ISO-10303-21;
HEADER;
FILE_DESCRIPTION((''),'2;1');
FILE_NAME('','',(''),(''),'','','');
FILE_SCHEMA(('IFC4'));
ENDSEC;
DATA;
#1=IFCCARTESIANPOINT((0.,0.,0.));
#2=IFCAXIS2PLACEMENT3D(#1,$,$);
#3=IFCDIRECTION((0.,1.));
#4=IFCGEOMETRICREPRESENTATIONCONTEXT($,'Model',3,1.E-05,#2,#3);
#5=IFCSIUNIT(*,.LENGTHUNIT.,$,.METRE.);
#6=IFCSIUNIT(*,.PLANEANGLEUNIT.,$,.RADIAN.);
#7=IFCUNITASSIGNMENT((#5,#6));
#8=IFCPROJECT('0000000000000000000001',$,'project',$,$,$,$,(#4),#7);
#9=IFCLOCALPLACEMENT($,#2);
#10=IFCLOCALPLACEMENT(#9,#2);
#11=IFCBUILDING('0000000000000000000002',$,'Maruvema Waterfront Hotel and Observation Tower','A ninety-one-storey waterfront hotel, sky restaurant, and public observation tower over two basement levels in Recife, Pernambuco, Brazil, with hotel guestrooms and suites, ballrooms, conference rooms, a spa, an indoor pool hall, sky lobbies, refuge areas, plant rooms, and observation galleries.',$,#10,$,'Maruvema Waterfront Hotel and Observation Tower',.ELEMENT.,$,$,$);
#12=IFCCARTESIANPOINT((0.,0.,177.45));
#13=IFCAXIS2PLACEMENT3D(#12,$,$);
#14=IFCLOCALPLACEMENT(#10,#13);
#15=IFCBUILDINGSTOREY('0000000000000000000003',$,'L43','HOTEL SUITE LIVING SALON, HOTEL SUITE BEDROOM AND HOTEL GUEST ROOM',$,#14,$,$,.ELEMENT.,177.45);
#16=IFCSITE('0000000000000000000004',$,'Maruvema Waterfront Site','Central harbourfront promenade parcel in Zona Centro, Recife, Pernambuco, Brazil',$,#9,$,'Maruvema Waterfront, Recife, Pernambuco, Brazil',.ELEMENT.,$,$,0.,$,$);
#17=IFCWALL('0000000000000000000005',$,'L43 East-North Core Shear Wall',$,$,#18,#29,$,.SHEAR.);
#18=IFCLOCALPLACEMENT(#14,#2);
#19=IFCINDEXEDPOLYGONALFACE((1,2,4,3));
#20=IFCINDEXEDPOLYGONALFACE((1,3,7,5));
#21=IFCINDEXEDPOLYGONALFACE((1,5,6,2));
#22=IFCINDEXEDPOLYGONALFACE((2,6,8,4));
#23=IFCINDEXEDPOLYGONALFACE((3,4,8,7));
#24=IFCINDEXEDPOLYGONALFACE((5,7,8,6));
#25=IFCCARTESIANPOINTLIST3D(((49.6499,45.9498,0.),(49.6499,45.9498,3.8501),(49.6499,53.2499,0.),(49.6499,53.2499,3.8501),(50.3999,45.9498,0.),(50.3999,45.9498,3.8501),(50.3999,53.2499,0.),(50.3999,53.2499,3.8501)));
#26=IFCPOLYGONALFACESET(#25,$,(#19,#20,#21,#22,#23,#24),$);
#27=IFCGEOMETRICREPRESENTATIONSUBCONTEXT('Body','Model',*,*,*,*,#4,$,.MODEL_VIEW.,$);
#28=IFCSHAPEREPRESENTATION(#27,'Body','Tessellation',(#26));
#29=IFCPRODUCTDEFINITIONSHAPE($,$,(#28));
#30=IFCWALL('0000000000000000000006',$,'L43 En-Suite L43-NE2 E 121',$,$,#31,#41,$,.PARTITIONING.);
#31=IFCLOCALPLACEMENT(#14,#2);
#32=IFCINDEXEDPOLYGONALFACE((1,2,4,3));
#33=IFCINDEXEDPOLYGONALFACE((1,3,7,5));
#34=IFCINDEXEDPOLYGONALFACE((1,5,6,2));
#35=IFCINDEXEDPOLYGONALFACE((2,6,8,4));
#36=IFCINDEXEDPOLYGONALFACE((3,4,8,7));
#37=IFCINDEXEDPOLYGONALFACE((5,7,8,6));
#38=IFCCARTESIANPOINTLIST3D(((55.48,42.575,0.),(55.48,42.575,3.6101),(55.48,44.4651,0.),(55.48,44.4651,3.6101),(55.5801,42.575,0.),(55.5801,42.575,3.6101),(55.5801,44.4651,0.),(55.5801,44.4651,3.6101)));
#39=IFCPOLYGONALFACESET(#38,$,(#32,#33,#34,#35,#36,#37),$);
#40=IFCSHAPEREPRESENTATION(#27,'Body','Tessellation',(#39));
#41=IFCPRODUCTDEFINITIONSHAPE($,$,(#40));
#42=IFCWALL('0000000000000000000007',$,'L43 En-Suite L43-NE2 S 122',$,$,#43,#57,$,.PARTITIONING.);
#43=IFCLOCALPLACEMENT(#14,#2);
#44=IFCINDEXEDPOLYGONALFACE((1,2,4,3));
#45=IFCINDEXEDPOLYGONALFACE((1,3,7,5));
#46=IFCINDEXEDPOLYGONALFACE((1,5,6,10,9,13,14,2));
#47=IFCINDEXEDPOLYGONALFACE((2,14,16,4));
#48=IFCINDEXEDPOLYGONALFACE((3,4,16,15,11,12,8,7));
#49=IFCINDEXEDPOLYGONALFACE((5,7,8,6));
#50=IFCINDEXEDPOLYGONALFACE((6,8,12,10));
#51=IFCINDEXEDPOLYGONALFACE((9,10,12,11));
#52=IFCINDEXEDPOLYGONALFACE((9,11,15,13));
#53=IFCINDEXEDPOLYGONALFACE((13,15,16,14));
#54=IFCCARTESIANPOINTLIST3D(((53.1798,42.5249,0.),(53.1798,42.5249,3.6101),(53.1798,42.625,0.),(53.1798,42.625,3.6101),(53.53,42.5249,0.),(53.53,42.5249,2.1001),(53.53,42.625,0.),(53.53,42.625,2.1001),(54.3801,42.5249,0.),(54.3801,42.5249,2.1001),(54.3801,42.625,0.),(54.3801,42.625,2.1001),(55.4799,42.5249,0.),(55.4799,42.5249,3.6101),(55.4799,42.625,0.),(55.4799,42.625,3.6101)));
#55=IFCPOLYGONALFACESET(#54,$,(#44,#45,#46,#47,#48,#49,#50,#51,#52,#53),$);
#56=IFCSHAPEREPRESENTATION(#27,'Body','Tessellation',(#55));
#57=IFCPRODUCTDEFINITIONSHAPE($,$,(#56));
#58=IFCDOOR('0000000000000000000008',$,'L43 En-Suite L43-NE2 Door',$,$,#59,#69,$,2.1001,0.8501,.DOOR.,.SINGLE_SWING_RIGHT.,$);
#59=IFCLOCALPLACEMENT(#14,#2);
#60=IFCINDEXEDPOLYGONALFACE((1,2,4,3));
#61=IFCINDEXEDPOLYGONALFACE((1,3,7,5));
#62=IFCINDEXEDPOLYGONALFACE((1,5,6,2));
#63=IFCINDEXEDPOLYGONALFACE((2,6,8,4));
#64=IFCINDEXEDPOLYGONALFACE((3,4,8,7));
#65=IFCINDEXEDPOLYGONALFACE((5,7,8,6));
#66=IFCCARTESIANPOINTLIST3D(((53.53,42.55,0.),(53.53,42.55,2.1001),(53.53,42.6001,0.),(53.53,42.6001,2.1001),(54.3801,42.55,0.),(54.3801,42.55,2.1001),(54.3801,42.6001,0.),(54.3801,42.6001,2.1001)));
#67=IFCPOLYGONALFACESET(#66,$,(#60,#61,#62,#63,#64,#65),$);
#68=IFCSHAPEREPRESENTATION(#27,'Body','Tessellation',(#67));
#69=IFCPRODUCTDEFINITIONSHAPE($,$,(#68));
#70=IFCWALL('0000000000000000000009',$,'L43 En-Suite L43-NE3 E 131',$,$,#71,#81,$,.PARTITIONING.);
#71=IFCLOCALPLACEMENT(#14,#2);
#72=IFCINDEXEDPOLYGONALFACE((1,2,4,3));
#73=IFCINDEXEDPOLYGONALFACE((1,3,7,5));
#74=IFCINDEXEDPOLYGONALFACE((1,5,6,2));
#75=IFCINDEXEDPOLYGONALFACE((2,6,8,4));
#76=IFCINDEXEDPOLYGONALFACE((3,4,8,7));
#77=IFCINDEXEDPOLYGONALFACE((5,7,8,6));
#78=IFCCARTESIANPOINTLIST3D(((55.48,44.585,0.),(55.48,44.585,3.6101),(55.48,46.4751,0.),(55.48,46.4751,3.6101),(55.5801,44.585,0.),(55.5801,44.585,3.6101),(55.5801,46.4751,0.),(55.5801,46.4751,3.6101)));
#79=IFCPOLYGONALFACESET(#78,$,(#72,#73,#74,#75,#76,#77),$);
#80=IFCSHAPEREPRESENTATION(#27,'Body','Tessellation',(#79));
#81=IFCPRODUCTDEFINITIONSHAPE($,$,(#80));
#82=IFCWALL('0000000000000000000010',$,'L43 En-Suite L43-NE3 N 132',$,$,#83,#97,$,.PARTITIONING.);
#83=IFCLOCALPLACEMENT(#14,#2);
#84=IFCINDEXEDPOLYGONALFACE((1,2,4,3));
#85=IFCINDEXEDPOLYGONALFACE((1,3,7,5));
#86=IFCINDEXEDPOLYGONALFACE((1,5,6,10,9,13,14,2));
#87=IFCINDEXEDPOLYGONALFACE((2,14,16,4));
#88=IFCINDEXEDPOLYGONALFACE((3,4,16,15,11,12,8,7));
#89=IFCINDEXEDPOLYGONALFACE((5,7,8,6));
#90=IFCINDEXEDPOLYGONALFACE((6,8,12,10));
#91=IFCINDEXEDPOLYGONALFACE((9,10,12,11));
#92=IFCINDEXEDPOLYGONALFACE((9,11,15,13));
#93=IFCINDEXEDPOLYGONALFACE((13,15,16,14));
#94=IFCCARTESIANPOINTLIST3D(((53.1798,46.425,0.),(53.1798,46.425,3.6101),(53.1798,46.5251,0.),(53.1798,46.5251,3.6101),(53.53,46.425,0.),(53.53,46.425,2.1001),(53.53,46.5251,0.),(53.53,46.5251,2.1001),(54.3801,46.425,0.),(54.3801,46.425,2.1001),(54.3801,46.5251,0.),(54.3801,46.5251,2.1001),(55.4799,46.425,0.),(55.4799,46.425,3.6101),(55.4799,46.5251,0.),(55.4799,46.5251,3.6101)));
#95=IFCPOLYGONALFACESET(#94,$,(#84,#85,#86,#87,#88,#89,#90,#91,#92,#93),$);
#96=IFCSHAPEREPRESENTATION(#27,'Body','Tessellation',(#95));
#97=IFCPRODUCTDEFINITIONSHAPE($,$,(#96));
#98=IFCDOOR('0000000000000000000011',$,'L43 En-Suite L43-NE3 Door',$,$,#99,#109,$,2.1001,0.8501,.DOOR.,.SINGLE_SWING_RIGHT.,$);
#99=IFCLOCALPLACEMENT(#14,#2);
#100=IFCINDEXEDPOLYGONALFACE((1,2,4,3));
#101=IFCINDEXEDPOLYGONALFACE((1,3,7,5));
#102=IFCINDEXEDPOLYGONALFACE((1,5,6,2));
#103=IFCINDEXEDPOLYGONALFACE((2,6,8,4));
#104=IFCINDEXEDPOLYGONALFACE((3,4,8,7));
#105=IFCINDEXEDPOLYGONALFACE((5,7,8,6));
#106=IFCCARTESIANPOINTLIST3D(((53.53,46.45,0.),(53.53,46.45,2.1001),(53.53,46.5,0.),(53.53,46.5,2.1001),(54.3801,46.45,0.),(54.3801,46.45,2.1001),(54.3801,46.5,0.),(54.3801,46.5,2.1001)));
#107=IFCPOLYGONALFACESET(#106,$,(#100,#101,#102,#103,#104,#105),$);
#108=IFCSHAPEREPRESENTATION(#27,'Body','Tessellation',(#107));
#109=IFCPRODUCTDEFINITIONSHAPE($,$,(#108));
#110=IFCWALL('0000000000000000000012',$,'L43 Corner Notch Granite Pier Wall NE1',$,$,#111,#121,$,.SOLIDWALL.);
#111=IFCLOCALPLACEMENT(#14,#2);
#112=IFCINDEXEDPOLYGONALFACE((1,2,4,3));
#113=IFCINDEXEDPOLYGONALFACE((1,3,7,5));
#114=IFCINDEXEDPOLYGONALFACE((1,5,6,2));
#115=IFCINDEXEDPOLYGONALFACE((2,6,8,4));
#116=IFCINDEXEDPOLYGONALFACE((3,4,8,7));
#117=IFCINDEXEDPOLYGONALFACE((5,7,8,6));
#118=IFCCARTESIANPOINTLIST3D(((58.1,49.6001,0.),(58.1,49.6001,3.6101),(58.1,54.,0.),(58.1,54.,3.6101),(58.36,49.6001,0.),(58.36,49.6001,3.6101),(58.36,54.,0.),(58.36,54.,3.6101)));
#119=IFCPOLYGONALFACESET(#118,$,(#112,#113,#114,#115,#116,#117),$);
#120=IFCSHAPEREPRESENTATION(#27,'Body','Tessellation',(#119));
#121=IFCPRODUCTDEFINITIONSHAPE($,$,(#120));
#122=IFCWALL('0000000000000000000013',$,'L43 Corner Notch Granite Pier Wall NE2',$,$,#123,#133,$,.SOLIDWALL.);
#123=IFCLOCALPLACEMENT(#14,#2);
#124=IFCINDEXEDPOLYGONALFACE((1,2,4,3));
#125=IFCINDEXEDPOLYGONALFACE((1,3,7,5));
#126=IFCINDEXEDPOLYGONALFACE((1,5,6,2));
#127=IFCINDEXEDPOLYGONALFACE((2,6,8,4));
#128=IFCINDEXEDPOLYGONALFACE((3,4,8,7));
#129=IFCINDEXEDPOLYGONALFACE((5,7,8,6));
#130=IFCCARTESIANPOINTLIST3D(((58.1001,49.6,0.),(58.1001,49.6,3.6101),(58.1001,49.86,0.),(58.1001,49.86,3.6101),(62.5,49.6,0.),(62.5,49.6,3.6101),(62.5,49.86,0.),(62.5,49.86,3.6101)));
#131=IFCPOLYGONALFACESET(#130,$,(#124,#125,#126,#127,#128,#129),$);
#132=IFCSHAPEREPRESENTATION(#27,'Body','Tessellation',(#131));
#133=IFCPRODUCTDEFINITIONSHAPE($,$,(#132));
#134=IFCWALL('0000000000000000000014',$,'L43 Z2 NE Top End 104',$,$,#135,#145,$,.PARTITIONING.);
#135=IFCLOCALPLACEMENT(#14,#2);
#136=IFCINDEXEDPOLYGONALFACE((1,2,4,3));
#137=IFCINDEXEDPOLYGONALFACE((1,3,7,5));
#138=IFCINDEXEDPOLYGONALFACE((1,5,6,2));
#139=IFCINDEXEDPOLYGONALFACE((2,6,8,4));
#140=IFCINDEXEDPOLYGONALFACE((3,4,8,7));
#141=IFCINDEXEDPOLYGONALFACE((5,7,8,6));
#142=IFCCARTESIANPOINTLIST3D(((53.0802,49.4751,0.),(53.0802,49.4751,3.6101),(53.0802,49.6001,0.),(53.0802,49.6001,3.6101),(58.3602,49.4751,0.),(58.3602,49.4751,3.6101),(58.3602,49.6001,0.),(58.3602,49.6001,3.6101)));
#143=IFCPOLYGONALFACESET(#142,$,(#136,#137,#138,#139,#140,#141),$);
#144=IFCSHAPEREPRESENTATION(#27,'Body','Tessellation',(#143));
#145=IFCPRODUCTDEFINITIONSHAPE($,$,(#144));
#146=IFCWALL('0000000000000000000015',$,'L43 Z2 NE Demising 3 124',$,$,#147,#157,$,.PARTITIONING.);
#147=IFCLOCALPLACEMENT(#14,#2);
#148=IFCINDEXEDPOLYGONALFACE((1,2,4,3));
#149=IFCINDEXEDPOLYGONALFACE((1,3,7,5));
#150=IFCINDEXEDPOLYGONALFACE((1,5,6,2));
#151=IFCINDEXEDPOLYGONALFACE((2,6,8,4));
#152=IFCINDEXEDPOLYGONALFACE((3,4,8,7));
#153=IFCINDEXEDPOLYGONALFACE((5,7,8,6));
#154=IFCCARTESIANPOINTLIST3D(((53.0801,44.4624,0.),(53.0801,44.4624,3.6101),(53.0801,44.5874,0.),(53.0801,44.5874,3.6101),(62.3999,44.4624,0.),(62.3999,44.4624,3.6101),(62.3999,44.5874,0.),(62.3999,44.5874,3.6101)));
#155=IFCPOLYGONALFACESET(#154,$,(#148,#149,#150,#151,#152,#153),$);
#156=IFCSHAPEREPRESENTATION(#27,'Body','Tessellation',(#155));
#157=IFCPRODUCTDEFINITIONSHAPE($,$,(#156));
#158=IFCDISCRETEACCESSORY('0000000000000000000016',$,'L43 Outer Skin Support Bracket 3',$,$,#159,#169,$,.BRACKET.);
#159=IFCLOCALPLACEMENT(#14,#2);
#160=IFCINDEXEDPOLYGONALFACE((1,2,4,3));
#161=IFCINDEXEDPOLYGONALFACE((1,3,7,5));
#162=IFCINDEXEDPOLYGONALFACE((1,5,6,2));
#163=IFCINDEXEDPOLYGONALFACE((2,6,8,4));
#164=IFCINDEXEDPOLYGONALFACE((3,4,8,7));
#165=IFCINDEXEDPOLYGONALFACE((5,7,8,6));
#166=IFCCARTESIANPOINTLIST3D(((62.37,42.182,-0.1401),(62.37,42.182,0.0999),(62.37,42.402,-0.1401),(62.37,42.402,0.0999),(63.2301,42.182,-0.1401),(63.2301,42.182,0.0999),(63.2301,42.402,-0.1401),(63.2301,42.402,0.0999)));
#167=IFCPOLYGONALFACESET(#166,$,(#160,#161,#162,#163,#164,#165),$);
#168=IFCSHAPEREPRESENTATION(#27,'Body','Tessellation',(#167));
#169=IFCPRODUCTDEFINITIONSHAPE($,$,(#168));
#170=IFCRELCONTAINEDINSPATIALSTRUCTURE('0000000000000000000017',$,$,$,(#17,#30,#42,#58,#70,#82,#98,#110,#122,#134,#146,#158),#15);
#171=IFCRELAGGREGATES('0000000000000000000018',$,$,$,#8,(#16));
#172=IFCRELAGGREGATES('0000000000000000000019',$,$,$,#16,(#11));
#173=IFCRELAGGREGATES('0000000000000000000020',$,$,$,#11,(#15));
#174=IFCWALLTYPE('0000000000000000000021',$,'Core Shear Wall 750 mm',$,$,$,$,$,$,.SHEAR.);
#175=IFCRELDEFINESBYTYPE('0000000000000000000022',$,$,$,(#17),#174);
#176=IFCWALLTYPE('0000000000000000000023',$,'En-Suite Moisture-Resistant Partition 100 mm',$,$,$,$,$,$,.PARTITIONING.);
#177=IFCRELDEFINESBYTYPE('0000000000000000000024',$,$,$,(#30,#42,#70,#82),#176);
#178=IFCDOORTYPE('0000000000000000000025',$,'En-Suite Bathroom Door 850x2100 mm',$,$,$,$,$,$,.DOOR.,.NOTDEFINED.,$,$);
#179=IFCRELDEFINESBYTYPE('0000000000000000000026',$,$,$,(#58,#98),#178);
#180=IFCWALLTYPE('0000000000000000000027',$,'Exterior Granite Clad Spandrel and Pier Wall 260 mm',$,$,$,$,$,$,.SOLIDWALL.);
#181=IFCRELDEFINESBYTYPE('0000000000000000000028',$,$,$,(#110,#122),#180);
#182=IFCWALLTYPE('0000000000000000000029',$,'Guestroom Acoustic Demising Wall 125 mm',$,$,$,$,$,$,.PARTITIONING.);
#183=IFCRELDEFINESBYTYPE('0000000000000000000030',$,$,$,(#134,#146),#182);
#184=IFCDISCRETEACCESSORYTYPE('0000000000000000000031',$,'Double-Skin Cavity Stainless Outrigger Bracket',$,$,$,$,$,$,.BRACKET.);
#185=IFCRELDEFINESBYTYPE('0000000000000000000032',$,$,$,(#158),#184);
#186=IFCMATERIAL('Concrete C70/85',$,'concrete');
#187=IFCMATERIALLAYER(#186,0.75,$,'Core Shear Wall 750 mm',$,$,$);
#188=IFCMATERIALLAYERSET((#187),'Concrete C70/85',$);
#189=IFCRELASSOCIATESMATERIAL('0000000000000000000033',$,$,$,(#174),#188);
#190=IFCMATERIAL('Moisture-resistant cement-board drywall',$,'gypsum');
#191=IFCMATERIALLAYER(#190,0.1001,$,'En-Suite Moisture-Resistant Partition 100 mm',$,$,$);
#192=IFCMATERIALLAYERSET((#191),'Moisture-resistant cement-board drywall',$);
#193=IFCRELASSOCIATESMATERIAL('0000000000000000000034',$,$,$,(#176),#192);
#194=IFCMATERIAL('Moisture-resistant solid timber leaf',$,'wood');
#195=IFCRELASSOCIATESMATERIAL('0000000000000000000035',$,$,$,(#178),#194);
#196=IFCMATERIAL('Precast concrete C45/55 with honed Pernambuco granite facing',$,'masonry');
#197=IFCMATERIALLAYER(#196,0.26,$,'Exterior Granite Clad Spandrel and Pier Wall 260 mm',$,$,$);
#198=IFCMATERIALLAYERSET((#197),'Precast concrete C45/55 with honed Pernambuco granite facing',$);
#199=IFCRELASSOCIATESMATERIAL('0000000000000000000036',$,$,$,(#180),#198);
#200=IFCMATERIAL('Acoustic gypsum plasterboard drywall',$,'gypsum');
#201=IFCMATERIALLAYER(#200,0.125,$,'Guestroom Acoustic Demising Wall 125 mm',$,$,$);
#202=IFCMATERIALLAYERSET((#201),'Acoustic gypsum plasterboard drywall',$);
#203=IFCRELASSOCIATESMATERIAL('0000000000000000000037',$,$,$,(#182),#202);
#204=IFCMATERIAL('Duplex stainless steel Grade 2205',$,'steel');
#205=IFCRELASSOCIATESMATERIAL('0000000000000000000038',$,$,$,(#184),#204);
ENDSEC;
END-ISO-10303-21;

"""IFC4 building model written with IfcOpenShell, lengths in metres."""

from ifc_helpers import new_model, si_unit, direction, frame, frame_2d, origin, origin_2d, place, context, subcontext, project, spatial, rectangle, extrude, material, layer, layer_set, type_object, element, fill, save


model = new_model("IFC4")

# Units and contexts
model_context = context("Model", 3, precision=1e-05, world=origin(), true_north=direction((0.0, 1.0)))
body_context = subcontext(model_context, "Body", "Model", "MODEL_VIEW")
ifc_project = project(units=[si_unit("LENGTHUNIT", "METRE"), si_unit("PLANEANGLEUNIT", "RADIAN")], contexts=[model_context])

# Site, building, storey
site_placement = place(None, origin())
site = spatial("IfcSite", under=ifc_project, at=site_placement, Name="Maruvema Waterfront Site", Description="Central harbourfront promenade parcel in Zona Centro, Recife, Pernambuco, Brazil", LongName="Maruvema Waterfront, Recife, Pernambuco, Brazil", CompositionType="ELEMENT", RefElevation=0.0)
building_placement = place(site_placement, origin())
building = spatial("IfcBuilding", under=site, at=building_placement, Name="Maruvema Waterfront Hotel and Observation Tower", Description="A ninety-one-storey waterfront hotel, sky restaurant, and public observation tower over two basement levels in Recife, Pernambuco, Brazil, with hotel guestrooms and suites, ballrooms, conference rooms, a spa, an indoor pool hall, sky lobbies, refuge areas, plant rooms, and observation galleries.", LongName="Maruvema Waterfront Hotel and Observation Tower", CompositionType="ELEMENT")
storey_placement = place(building_placement, frame((0.0, 0.0, 177.45)))
storey = spatial("IfcBuildingStorey", under=building, at=storey_placement, Name="L43", Description="HOTEL SUITE LIVING SALON, HOTEL SUITE BEDROOM AND HOTEL GUEST ROOM", CompositionType="ELEMENT", Elevation=177.45)

# Walls
ifc_material_1 = material(Name="Concrete C70/85", Category="concrete")
ifc_layer_1 = layer(ifc_material_1, 0.75, Name="Core Shear Wall 750 mm")
ifc_layer_set_1 = layer_set([ifc_layer_1], Name="Concrete C70/85")
wall_type_1 = type_object("IfcWallType", Name="Core Shear Wall 750 mm", PredefinedType="SHEAR", material=ifc_layer_set_1)
wall_1_placement = place(storey_placement, frame((50.0249, 45.95, 0.0), z_axis=(0.0, 0.0, 1.0), x_axis=(0.0, 1.0, 0.0)))
element("IfcWall", 1, at=wall_1_placement, inside=storey, type_object=wall_type_1, Name="L43 East-North Core Shear Wall", PredefinedType="SHEAR", context=body_context, shape_type="SweptSolid", body=[
    extrude(rectangle(XDim=7.3, YDim=0.75, at=frame_2d((3.6499, 0.0))), origin(), (0.0, 0.0, 1.0), 3.8501),
])
ifc_material_2 = material(Name="Moisture-resistant cement-board drywall", Category="gypsum")
ifc_layer_2 = layer(ifc_material_2, 0.1001, Name="En-Suite Moisture-Resistant Partition 100 mm")
ifc_layer_set_2 = layer_set([ifc_layer_2], Name="Moisture-resistant cement-board drywall")
wall_type_2 = type_object("IfcWallType", Name="En-Suite Moisture-Resistant Partition 100 mm", PredefinedType="PARTITIONING", material=ifc_layer_set_2)
wall_2_placement = place(storey_placement, frame((55.53, 42.575, 0.0), z_axis=(0.0, 0.0, 1.0), x_axis=(0.0, 1.0, 0.0)))
element("IfcWall", 2, at=wall_2_placement, inside=storey, type_object=wall_type_2, Name="L43 En-Suite L43-NE2 E 121", PredefinedType="PARTITIONING", context=body_context, shape_type="SweptSolid", body=[
    extrude(rectangle(XDim=1.8901, YDim=0.1001, at=frame_2d((0.9451, 0.0))), origin(), (0.0, 0.0, 1.0), 3.6101),
])

# Wall, opening, door
wall_3_placement = place(storey_placement, frame((53.1799, 42.575, 0.0), z_axis=(0.0, 0.0, 1.0), x_axis=(1.0, 0.0, 0.0)))
wall_3 = element("IfcWall", 3, at=wall_3_placement, inside=storey, type_object=wall_type_2, Name="L43 En-Suite L43-NE2 S 122", PredefinedType="PARTITIONING", context=body_context, shape_type="SweptSolid", body=[
    extrude(rectangle(XDim=2.3, YDim=0.1001, at=frame_2d((1.1499, 0.0))), origin(), (0.0, 0.0, 1.0), 3.6101),
])
opening_1_placement = place(wall_3_placement, frame((0.3501, 0.0, 0.0)))
opening_1 = element("IfcOpeningElement", 4, at=opening_1_placement, cuts=wall_3, PredefinedType="OPENING", context=body_context, shape_type="SweptSolid", body=[
    extrude(rectangle(XDim=0.8501, YDim=2.1001, at=frame_2d((0.425, 1.05))), frame((0.0, 0.0601, 0.0), z_axis=(0.0, -1.0, 0.0), x_axis=(1.0, 0.0, 0.0)), (0.0, 0.0, 1.0), 0.1201),
])
ifc_material_3 = material(Name="Moisture-resistant solid timber leaf", Category="wood")
door_type_1 = type_object("IfcDoorType", Name="En-Suite Bathroom Door 850x2100 mm", OperationType="NOTDEFINED", PredefinedType="DOOR", material=ifc_material_3)
door_1_placement = place(opening_1_placement, frame((0.8501, 0.0, 0.0), z_axis=(0.0, 0.0, 1.0), x_axis=(-1.0, 0.0, 0.0)))
door_1 = element("IfcDoor", 5, at=door_1_placement, inside=storey, type_object=door_type_1, Name="L43 En-Suite L43-NE2 Door", OperationType="SINGLE_SWING_RIGHT", OverallHeight=2.1001, OverallWidth=0.8501, PredefinedType="DOOR", context=body_context, shape_type="SweptSolid", body=[
    extrude(rectangle(XDim=0.8501, YDim=2.1001, at=frame_2d((0.425, 1.05))), frame((0.0, 0.0249, 0.0), z_axis=(0.0, -1.0, 0.0), x_axis=(1.0, 0.0, 0.0)), (0.0, 0.0, 1.0), 0.05),
])
fill(opening_1, door_1)

# Wall
wall_4_placement = place(storey_placement, frame((55.53, 44.585, 0.0), z_axis=(0.0, 0.0, 1.0), x_axis=(0.0, 1.0, 0.0)))
element("IfcWall", 6, at=wall_4_placement, inside=storey, type_object=wall_type_2, Name="L43 En-Suite L43-NE3 E 131", PredefinedType="PARTITIONING", context=body_context, shape_type="SweptSolid", body=[
    extrude(rectangle(XDim=1.8901, YDim=0.1001, at=frame_2d((0.9451, 0.0))), origin(), (0.0, 0.0, 1.0), 3.6101),
])

# Wall, opening, door
wall_5_placement = place(storey_placement, frame((53.1799, 46.4751, 0.0), z_axis=(0.0, 0.0, 1.0), x_axis=(1.0, 0.0, 0.0)))
wall_5 = element("IfcWall", 7, at=wall_5_placement, inside=storey, type_object=wall_type_2, Name="L43 En-Suite L43-NE3 N 132", PredefinedType="PARTITIONING", context=body_context, shape_type="SweptSolid", body=[
    extrude(rectangle(XDim=2.3, YDim=0.1001, at=frame_2d((1.1499, 0.0))), origin(), (0.0, 0.0, 1.0), 3.6101),
])
opening_2_placement = place(wall_5_placement, frame((0.3501, 0.0, 0.0)))
opening_2 = element("IfcOpeningElement", 8, at=opening_2_placement, cuts=wall_5, PredefinedType="OPENING", context=body_context, shape_type="SweptSolid", body=[
    extrude(rectangle(XDim=0.8501, YDim=2.1001, at=frame_2d((0.425, 1.05))), frame((0.0, 0.0601, 0.0), z_axis=(0.0, -1.0, 0.0), x_axis=(1.0, 0.0, 0.0)), (0.0, 0.0, 1.0), 0.1201),
])
door_2_placement = place(opening_2_placement, origin())
door_2 = element("IfcDoor", 9, at=door_2_placement, inside=storey, type_object=door_type_1, Name="L43 En-Suite L43-NE3 Door", OperationType="SINGLE_SWING_RIGHT", OverallHeight=2.1001, OverallWidth=0.8501, PredefinedType="DOOR", context=body_context, shape_type="SweptSolid", body=[
    extrude(rectangle(XDim=0.8501, YDim=2.1001, at=frame_2d((0.425, 1.05))), frame((0.0, 0.0249, 0.0), z_axis=(0.0, -1.0, 0.0), x_axis=(1.0, 0.0, 0.0)), (0.0, 0.0, 1.0), 0.05),
])
fill(opening_2, door_2)

# Walls
ifc_material_4 = material(Name="Precast concrete C45/55 with honed Pernambuco granite facing", Category="masonry")
ifc_layer_3 = layer(ifc_material_4, 0.26, Name="Exterior Granite Clad Spandrel and Pier Wall 260 mm")
ifc_layer_set_3 = layer_set([ifc_layer_3], Name="Precast concrete C45/55 with honed Pernambuco granite facing")
wall_type_3 = type_object("IfcWallType", Name="Exterior Granite Clad Spandrel and Pier Wall 260 mm", PredefinedType="SOLIDWALL", material=ifc_layer_set_3)
for number, where, z_axis, x_axis, name in (
    (10, (58.23, 54.0, 0.0), (0.0, 0.0, 1.0), (0.0, -1.0, 0.0), "L43 Corner Notch Granite Pier Wall NE1"),
    (11, (58.1001, 49.73, 0.0), (0.0, 0.0, 1.0), (1.0, 0.0, 0.0), "L43 Corner Notch Granite Pier Wall NE2"),
):
    element("IfcWall", number, at=place(storey_placement, frame(where, z_axis=z_axis, x_axis=x_axis)), inside=storey, type_object=wall_type_3, Name=name, PredefinedType="SOLIDWALL", context=body_context, shape_type="SweptSolid", body=[
        extrude(rectangle(XDim=4.3999, YDim=0.26, at=frame_2d((2.2, 0.0))), origin(), (0.0, 0.0, 1.0), 3.6101),
    ])
ifc_material_5 = material(Name="Acoustic gypsum plasterboard drywall", Category="gypsum")
ifc_layer_4 = layer(ifc_material_5, 0.125, Name="Guestroom Acoustic Demising Wall 125 mm")
ifc_layer_set_4 = layer_set([ifc_layer_4], Name="Acoustic gypsum plasterboard drywall")
wall_type_4 = type_object("IfcWallType", Name="Guestroom Acoustic Demising Wall 125 mm", PredefinedType="PARTITIONING", material=ifc_layer_set_4)
wall_6_placement = place(storey_placement, frame((53.0801, 49.5376, 0.0), z_axis=(0.0, 0.0, 1.0), x_axis=(1.0, 0.0, 0.0)))
element("IfcWall", 12, at=wall_6_placement, inside=storey, type_object=wall_type_4, Name="L43 Z2 NE Top End 104", PredefinedType="PARTITIONING", context=body_context, shape_type="SweptSolid", body=[
    extrude(rectangle(XDim=5.28, YDim=0.125, at=frame_2d((2.6401, 0.0))), origin(), (0.0, 0.0, 1.0), 3.6101),
])
wall_7_placement = place(storey_placement, frame((53.0801, 44.5249, 0.0), z_axis=(0.0, 0.0, 1.0), x_axis=(1.0, 0.0, 0.0)))
element("IfcWall", 13, at=wall_7_placement, inside=storey, type_object=wall_type_4, Name="L43 Z2 NE Demising 3 124", PredefinedType="PARTITIONING", context=body_context, shape_type="SweptSolid", body=[
    extrude(rectangle(XDim=9.3198, YDim=0.125, at=frame_2d((4.6599, 0.0))), origin(), (0.0, 0.0, 1.0), 3.6101),
])

# Discrete accessory
ifc_material_6 = material(Name="Duplex stainless steel Grade 2205", Category="steel")
discrete_accessory_type = type_object("IfcDiscreteAccessoryType", Name="Double-Skin Cavity Stainless Outrigger Bracket", PredefinedType="BRACKET", material=ifc_material_6)
discrete_accessory_placement = place(storey_placement, frame((62.8, 42.292, -0.1401), z_axis=(0.0, 0.0, 1.0), x_axis=(0.0, 1.0, 0.0)))
element("IfcDiscreteAccessory", 14, at=discrete_accessory_placement, inside=storey, type_object=discrete_accessory_type, Name="L43 Outer Skin Support Bracket 3", PredefinedType="BRACKET", context=body_context, shape_type="SweptSolid", body=[
    extrude(rectangle(XDim=0.22, YDim=0.8601, at=origin_2d()), origin(), (0.0, 0.0, 1.0), 0.24),
])

save(model, "model.ifc")
